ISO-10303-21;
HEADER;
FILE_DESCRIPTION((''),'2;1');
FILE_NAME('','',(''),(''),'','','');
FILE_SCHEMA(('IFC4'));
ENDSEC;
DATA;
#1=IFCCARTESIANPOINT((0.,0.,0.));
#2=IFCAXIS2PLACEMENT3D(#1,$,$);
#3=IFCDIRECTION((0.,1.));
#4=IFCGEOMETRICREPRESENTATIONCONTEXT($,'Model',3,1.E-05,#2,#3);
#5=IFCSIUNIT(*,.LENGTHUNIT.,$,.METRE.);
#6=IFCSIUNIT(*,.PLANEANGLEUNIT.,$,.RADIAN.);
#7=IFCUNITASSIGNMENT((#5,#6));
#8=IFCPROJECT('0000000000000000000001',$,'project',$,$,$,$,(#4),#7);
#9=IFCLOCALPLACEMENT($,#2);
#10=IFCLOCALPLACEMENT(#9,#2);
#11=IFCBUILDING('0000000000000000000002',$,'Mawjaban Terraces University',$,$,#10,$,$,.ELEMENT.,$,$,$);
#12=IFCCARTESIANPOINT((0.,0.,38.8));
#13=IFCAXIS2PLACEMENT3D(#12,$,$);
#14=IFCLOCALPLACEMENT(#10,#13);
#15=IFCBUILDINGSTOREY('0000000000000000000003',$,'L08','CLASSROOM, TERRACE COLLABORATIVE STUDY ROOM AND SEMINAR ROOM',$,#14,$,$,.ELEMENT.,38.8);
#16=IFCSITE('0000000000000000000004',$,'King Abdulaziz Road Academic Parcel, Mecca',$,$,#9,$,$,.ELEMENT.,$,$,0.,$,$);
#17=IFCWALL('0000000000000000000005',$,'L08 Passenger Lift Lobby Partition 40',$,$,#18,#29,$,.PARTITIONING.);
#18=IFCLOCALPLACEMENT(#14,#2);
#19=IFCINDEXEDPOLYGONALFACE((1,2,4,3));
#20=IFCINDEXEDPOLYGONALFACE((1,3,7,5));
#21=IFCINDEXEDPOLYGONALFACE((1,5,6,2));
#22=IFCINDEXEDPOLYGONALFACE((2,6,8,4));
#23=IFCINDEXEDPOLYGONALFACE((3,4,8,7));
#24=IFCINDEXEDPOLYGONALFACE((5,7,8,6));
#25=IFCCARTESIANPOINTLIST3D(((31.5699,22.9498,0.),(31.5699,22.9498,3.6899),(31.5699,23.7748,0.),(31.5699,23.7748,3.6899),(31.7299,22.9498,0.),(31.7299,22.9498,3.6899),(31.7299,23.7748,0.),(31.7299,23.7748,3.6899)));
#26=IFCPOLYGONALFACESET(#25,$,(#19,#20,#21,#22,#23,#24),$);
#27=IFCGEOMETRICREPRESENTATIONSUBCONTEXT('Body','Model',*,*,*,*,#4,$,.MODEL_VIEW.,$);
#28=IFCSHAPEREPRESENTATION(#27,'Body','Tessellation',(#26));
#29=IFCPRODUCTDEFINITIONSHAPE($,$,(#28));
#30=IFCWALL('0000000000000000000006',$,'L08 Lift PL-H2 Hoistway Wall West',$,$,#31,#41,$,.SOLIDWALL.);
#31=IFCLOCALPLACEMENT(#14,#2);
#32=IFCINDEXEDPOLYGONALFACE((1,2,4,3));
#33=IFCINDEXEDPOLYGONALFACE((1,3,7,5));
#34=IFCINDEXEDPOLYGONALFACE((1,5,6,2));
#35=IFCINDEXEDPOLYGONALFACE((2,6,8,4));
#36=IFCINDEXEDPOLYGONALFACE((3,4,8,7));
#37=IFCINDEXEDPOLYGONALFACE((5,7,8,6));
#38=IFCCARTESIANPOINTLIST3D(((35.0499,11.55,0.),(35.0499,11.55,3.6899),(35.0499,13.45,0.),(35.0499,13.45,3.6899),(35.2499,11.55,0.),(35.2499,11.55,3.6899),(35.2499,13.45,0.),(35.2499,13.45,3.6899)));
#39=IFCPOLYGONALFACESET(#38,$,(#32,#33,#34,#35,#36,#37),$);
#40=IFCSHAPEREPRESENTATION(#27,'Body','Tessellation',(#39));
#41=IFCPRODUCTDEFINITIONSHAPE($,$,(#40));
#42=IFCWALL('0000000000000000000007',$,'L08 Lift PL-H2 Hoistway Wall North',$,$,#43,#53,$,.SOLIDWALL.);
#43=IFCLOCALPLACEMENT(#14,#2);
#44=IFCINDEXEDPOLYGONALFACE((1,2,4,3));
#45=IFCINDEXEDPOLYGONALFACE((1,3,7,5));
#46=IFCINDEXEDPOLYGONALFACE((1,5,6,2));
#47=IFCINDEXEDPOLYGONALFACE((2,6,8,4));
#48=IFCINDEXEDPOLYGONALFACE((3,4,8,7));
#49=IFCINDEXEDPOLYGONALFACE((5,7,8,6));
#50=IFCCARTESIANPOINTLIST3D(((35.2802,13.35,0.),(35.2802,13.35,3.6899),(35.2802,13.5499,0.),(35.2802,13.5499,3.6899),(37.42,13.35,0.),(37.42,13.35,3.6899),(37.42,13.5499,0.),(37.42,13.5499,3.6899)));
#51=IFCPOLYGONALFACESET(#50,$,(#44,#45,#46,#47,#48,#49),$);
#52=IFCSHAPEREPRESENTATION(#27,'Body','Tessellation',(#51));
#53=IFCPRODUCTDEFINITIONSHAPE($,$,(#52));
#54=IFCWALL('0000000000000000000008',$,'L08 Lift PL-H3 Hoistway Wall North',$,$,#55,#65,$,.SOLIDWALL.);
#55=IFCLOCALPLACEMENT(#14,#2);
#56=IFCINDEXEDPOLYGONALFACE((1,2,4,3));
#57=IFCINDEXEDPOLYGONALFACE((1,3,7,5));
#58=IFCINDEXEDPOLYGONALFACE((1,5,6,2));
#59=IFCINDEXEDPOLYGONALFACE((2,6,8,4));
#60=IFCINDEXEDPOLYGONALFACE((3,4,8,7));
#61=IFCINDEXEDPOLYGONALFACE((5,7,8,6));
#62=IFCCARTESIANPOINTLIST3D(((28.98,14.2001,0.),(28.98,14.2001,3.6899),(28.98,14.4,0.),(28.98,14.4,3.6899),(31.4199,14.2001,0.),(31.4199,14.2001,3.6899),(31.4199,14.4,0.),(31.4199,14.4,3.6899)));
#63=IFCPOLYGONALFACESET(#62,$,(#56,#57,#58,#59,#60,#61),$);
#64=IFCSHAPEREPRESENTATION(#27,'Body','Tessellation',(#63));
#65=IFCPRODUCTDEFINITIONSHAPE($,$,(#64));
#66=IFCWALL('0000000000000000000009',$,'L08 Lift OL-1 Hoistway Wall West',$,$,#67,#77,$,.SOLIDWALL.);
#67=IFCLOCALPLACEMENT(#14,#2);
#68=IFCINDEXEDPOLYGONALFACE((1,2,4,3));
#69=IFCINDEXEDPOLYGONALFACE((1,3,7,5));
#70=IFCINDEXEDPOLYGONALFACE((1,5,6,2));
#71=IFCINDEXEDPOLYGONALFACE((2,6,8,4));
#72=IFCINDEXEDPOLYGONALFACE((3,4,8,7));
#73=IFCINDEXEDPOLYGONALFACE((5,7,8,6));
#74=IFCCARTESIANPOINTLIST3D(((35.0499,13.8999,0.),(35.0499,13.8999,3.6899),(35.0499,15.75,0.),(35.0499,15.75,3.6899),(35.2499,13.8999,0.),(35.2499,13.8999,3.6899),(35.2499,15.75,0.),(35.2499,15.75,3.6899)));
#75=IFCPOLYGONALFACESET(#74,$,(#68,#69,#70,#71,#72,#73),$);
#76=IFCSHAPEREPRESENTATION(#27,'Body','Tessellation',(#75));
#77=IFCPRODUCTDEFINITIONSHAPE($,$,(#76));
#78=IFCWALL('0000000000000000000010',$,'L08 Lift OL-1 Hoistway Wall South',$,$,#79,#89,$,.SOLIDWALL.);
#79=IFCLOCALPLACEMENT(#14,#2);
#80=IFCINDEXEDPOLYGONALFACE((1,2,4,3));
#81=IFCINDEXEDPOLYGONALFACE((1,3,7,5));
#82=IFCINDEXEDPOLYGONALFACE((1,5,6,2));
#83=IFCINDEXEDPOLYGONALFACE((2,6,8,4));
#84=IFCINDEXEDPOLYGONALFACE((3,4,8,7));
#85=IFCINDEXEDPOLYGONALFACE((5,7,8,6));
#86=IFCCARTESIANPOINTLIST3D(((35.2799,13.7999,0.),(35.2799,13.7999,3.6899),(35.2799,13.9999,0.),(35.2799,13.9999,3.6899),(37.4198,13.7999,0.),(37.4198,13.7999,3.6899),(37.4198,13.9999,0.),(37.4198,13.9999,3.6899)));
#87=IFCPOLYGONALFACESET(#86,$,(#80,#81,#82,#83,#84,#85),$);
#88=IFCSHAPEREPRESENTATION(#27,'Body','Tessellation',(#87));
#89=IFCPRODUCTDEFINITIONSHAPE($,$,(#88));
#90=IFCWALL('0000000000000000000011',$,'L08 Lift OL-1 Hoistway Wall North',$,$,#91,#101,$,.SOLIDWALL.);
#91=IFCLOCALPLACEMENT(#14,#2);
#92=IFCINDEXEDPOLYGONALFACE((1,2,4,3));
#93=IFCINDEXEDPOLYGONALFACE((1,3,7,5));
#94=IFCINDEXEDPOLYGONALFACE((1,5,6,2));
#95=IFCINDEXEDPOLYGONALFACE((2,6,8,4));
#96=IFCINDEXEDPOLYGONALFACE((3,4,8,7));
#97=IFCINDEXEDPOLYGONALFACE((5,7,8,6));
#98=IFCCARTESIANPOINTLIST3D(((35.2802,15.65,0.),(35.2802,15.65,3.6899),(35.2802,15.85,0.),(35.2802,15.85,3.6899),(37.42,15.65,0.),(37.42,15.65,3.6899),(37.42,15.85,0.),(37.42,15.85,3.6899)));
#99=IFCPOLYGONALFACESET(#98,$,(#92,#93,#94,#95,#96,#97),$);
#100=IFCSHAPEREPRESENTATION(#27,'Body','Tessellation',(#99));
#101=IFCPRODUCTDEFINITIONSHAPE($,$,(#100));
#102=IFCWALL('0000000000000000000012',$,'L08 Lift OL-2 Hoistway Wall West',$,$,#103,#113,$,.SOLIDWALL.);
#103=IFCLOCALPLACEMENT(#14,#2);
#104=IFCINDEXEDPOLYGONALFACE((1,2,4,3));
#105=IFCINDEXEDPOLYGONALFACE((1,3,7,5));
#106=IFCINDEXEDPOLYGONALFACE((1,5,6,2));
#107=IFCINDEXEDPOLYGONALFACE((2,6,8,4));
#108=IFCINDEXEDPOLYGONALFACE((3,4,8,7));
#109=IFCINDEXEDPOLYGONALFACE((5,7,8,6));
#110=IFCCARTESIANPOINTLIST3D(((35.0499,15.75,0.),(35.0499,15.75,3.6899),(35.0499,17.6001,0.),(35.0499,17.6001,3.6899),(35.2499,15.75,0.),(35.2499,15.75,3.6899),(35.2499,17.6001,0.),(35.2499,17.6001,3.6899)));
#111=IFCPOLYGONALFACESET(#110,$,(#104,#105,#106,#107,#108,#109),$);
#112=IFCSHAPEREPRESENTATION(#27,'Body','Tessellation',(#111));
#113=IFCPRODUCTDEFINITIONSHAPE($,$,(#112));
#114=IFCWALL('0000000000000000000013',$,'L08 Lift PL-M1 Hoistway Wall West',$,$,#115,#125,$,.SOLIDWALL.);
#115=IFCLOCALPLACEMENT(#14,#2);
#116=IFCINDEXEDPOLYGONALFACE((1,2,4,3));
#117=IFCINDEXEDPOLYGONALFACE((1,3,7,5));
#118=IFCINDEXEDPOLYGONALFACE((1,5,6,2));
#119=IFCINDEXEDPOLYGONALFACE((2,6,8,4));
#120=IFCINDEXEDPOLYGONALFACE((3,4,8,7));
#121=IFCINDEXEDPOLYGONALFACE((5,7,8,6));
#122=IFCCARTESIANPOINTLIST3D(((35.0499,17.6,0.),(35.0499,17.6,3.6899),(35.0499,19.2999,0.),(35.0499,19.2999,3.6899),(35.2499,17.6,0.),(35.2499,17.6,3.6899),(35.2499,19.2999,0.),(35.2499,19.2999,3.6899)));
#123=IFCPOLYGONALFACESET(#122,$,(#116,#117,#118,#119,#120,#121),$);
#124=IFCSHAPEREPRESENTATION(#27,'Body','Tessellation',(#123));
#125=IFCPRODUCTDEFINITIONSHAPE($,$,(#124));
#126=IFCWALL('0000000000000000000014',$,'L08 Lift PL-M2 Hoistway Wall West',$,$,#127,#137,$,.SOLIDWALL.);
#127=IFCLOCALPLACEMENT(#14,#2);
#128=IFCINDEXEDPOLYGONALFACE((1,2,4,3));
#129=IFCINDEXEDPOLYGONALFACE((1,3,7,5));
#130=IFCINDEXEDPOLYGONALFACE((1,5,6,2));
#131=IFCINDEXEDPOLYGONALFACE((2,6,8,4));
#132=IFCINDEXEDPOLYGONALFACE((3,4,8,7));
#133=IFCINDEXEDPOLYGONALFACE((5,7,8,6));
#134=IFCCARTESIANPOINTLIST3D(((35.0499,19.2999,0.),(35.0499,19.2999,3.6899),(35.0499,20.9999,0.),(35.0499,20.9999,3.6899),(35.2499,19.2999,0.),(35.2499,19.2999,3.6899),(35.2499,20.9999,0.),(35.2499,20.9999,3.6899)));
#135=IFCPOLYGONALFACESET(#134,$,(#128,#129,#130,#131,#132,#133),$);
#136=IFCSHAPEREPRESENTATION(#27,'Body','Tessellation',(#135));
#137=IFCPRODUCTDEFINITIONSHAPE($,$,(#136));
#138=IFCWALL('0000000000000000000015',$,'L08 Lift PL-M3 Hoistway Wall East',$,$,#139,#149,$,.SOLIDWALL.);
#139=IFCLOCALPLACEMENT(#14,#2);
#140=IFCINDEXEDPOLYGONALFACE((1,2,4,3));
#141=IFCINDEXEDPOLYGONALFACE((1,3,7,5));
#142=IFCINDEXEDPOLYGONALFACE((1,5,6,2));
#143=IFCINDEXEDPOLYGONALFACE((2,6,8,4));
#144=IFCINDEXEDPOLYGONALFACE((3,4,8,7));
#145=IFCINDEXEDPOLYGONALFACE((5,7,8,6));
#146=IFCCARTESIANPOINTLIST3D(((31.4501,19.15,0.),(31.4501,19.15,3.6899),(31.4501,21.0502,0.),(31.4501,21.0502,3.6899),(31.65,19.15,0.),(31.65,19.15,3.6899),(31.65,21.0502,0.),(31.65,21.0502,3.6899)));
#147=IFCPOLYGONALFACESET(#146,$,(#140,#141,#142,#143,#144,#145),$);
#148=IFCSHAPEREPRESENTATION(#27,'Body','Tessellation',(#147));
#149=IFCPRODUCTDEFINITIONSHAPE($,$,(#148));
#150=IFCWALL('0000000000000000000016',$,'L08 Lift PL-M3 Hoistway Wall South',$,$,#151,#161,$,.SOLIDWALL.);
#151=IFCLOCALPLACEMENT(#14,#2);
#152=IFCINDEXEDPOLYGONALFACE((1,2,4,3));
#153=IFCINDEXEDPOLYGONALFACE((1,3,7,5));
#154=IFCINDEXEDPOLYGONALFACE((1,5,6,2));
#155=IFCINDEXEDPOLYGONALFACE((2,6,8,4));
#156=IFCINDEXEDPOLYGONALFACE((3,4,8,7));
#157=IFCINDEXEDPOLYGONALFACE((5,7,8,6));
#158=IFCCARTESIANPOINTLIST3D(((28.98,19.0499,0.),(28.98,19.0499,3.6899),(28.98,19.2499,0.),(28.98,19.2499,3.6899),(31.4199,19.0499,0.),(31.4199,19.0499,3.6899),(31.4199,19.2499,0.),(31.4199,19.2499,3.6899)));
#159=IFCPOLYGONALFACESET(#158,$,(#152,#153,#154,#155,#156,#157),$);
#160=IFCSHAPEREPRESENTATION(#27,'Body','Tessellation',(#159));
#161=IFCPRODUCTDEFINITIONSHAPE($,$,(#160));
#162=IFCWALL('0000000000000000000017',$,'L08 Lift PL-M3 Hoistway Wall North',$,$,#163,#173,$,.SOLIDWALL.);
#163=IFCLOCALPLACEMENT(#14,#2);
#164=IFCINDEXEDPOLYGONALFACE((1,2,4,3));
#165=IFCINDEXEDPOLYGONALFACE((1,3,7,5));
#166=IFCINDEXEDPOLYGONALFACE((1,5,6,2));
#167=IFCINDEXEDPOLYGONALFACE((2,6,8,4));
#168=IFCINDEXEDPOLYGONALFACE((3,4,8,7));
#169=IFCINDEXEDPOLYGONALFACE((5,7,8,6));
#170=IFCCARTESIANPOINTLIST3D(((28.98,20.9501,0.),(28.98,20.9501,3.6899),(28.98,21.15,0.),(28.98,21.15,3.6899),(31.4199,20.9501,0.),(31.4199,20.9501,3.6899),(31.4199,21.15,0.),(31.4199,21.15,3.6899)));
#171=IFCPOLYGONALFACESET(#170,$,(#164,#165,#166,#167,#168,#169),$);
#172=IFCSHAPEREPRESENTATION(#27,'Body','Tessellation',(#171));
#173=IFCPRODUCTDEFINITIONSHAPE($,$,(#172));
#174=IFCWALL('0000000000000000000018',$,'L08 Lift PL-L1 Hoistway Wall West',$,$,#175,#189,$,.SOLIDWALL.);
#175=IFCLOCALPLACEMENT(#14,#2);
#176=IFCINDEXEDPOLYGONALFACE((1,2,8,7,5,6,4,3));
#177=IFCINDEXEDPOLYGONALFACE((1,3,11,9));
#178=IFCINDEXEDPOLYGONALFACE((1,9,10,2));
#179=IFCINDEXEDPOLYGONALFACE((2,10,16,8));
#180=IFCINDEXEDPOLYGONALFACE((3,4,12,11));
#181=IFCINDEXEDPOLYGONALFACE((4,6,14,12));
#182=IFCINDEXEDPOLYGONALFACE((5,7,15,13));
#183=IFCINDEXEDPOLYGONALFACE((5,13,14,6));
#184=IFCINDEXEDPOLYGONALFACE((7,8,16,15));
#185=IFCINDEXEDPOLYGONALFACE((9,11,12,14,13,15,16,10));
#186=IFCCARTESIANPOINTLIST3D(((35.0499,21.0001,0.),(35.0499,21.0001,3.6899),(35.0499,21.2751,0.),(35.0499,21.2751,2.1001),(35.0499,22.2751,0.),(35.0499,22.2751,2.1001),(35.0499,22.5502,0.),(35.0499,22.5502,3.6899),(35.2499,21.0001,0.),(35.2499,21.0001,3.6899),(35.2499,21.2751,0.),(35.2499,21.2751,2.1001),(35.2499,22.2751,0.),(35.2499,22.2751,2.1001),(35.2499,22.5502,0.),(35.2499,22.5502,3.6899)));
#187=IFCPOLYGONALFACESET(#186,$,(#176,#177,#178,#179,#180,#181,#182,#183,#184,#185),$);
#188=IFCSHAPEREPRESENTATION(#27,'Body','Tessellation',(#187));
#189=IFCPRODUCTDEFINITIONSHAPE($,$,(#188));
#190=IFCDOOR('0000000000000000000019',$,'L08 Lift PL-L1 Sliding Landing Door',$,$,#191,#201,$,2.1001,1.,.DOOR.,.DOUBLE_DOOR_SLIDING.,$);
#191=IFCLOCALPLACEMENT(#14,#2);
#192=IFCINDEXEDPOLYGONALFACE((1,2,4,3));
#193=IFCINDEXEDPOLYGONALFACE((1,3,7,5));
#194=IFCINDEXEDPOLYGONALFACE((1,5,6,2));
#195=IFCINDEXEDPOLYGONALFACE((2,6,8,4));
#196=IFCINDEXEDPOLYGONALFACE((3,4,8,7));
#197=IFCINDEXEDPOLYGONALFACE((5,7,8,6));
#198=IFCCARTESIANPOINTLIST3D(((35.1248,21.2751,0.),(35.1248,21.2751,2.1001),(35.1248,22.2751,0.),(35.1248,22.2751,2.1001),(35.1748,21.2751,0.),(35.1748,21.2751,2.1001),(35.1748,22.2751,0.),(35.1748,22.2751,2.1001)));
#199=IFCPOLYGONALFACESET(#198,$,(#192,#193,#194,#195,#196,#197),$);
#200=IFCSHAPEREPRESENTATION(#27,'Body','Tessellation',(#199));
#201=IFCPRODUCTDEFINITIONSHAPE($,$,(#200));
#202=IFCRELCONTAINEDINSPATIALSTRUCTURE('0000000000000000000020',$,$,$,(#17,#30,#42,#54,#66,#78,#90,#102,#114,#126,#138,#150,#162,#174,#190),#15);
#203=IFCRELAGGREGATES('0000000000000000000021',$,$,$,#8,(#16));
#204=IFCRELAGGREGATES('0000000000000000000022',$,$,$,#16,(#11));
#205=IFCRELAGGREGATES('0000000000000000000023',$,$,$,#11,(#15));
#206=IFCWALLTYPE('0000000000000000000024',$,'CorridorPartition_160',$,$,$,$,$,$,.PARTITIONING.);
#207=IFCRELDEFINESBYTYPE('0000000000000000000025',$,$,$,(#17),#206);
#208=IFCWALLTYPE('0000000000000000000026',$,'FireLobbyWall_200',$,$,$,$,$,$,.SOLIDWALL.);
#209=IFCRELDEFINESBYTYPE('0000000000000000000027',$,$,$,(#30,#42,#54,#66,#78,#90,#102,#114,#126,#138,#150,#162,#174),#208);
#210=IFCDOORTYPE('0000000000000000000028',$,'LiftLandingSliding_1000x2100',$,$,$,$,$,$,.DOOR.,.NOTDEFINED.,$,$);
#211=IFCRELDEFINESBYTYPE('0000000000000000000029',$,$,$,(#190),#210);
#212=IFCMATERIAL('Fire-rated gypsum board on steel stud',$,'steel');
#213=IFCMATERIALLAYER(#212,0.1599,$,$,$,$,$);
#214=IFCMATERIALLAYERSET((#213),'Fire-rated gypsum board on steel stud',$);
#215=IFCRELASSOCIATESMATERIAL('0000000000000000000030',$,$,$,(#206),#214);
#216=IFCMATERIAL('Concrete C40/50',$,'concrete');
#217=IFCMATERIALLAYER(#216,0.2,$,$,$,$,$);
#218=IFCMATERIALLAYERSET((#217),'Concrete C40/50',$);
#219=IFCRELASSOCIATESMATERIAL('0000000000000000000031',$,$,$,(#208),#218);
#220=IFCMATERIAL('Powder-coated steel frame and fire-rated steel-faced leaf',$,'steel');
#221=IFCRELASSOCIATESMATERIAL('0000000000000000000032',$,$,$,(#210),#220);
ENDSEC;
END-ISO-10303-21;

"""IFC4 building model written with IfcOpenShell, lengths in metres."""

from ifc_helpers import new_model, si_unit, direction, frame, frame_2d, origin, place, context, subcontext, project, spatial, rectangle, extrude, material, layer, layer_set, type_object, element, fill, save


model = new_model("IFC4")

# Units and contexts
model_context = context("Model", 3, precision=1e-05, world=origin(), true_north=direction((0.0, 1.0)))
body_context = subcontext(model_context, "Body", "Model", "MODEL_VIEW")
ifc_project = project(units=[si_unit("LENGTHUNIT", "METRE"), si_unit("PLANEANGLEUNIT", "RADIAN")], contexts=[model_context])

# Site, building, storey
site_placement = place(None, origin())
site = spatial("IfcSite", under=ifc_project, at=site_placement, Name="King Abdulaziz Road Academic Parcel, Mecca", CompositionType="ELEMENT", RefElevation=0.0)
building_placement = place(site_placement, origin())
building = spatial("IfcBuilding", under=site, at=building_placement, Name="Mawjaban Terraces University", CompositionType="ELEMENT")
storey_placement = place(building_placement, frame((0.0, 0.0, 38.8)))
storey = spatial("IfcBuildingStorey", under=building, at=storey_placement, Name="L08", Description="CLASSROOM, TERRACE COLLABORATIVE STUDY ROOM AND SEMINAR ROOM", CompositionType="ELEMENT", Elevation=38.8)

# Walls
ifc_material_1 = material(Name="Fire-rated gypsum board on steel stud", Category="steel")
ifc_layer_1 = layer(ifc_material_1, 0.1599)
ifc_layer_set_1 = layer_set([ifc_layer_1], Name="Fire-rated gypsum board on steel stud")
wall_type_1 = type_object("IfcWallType", Name="CorridorPartition_160", PredefinedType="PARTITIONING", material=ifc_layer_set_1)
wall_1_placement = place(storey_placement, frame((31.6499, 23.7749, 0.0), z_axis=(0.0, 0.0, 1.0), x_axis=(0.0, -1.0, 0.0)))
element("IfcWall", 1, at=wall_1_placement, inside=storey, type_object=wall_type_1, Name="L08 Passenger Lift Lobby Partition 40", PredefinedType="PARTITIONING", context=body_context, shape_type="SweptSolid", body=[
    extrude(rectangle(XDim=0.825, YDim=0.1599, at=frame_2d((0.4126, 0.0))), origin(), (0.0, 0.0, 1.0), 3.6899),
])
ifc_material_2 = material(Name="Concrete C40/50", Category="concrete")
ifc_layer_2 = layer(ifc_material_2, 0.2)
ifc_layer_set_2 = layer_set([ifc_layer_2], Name="Concrete C40/50")
wall_type_2 = type_object("IfcWallType", Name="FireLobbyWall_200", PredefinedType="SOLIDWALL", material=ifc_layer_set_2)
wall_2_placement = place(storey_placement, frame((35.1499, 13.45, 0.0), z_axis=(0.0, 0.0, 1.0), x_axis=(0.0, -1.0, 0.0)))
element("IfcWall", 2, at=wall_2_placement, inside=storey, type_object=wall_type_2, Name="L08 Lift PL-H2 Hoistway Wall West", PredefinedType="SOLIDWALL", context=body_context, shape_type="SweptSolid", body=[
    extrude(rectangle(XDim=1.8999, YDim=0.2, at=frame_2d((0.95, 0.0))), origin(), (0.0, 0.0, 1.0), 3.6899),
])
wall_3_placement = place(storey_placement, frame((37.4199, 13.45, 0.0), z_axis=(0.0, 0.0, 1.0), x_axis=(-1.0, 0.0, 0.0)))
element("IfcWall", 3, at=wall_3_placement, inside=storey, type_object=wall_type_2, Name="L08 Lift PL-H2 Hoistway Wall North", PredefinedType="SOLIDWALL", context=body_context, shape_type="SweptSolid", body=[
    extrude(rectangle(XDim=2.1399, YDim=0.2, at=frame_2d((1.0698, 0.0))), origin(), (0.0, 0.0, 1.0), 3.6899),
])
wall_4_placement = place(storey_placement, frame((31.4199, 14.3, 0.0), z_axis=(0.0, 0.0, 1.0), x_axis=(-1.0, 0.0, 0.0)))
element("IfcWall", 4, at=wall_4_placement, inside=storey, type_object=wall_type_2, Name="L08 Lift PL-H3 Hoistway Wall North", PredefinedType="SOLIDWALL", context=body_context, shape_type="SweptSolid", body=[
    extrude(rectangle(XDim=2.4399, YDim=0.2, at=frame_2d((1.22, 0.0))), origin(), (0.0, 0.0, 1.0), 3.6899),
])
wall_5_placement = place(storey_placement, frame((35.1499, 15.75, 0.0), z_axis=(0.0, 0.0, 1.0), x_axis=(0.0, -1.0, 0.0)))
element("IfcWall", 5, at=wall_5_placement, inside=storey, type_object=wall_type_2, Name="L08 Lift OL-1 Hoistway Wall West", PredefinedType="SOLIDWALL", context=body_context, shape_type="SweptSolid", body=[
    extrude(rectangle(XDim=1.8501, YDim=0.2, at=frame_2d((0.925, 0.0))), origin(), (0.0, 0.0, 1.0), 3.6899),
])
for number, where, z_axis, x_axis, name in (
    (6, (35.28, 13.8999, 0.0), (0.0, 0.0, 1.0), (1.0, 0.0, 0.0), "L08 Lift OL-1 Hoistway Wall South"),
    (7, (37.4199, 15.75, 0.0), (0.0, 0.0, 1.0), (-1.0, 0.0, 0.0), "L08 Lift OL-1 Hoistway Wall North"),
):
    element("IfcWall", number, at=place(storey_placement, frame(where, z_axis=z_axis, x_axis=x_axis)), inside=storey, type_object=wall_type_2, Name=name, PredefinedType="SOLIDWALL", context=body_context, shape_type="SweptSolid", body=[
        extrude(rectangle(XDim=2.1399, YDim=0.2, at=frame_2d((1.0698, 0.0))), origin(), (0.0, 0.0, 1.0), 3.6899),
    ])
wall_6_placement = place(storey_placement, frame((35.1499, 17.6001, 0.0), z_axis=(0.0, 0.0, 1.0), x_axis=(0.0, -1.0, 0.0)))
element("IfcWall", 8, at=wall_6_placement, inside=storey, type_object=wall_type_2, Name="L08 Lift OL-2 Hoistway Wall West", PredefinedType="SOLIDWALL", context=body_context, shape_type="SweptSolid", body=[
    extrude(rectangle(XDim=1.8501, YDim=0.2, at=frame_2d((0.925, 0.0))), origin(), (0.0, 0.0, 1.0), 3.6899),
])
for number, where, z_axis, x_axis, name in (
    (9, (35.1499, 19.3, 0.0), (0.0, 0.0, 1.0), (0.0, -1.0, 0.0), "L08 Lift PL-M1 Hoistway Wall West"),
    (10, (35.1499, 21.0, 0.0), (0.0, 0.0, 1.0), (0.0, -1.0, 0.0), "L08 Lift PL-M2 Hoistway Wall West"),
):
    element("IfcWall", number, at=place(storey_placement, frame(where, z_axis=z_axis, x_axis=x_axis)), inside=storey, type_object=wall_type_2, Name=name, PredefinedType="SOLIDWALL", context=body_context, shape_type="SweptSolid", body=[
        extrude(rectangle(XDim=1.7, YDim=0.2, at=frame_2d((0.8501, 0.0))), origin(), (0.0, 0.0, 1.0), 3.6899),
    ])
wall_7_placement = place(storey_placement, frame((31.55, 19.1499, 0.0), z_axis=(0.0, 0.0, 1.0), x_axis=(0.0, 1.0, 0.0)))
element("IfcWall", 11, at=wall_7_placement, inside=storey, type_object=wall_type_2, Name="L08 Lift PL-M3 Hoistway Wall East", PredefinedType="SOLIDWALL", context=body_context, shape_type="SweptSolid", body=[
    extrude(rectangle(XDim=1.9001, YDim=0.2, at=frame_2d((0.9502, 0.0))), origin(), (0.0, 0.0, 1.0), 3.6899),
])
for number, where, z_axis, x_axis, name in (
    (12, (28.98, 19.1499, 0.0), (0.0, 0.0, 1.0), (1.0, 0.0, 0.0), "L08 Lift PL-M3 Hoistway Wall South"),
    (13, (31.4199, 21.05, 0.0), (0.0, 0.0, 1.0), (-1.0, 0.0, 0.0), "L08 Lift PL-M3 Hoistway Wall North"),
):
    element("IfcWall", number, at=place(storey_placement, frame(where, z_axis=z_axis, x_axis=x_axis)), inside=storey, type_object=wall_type_2, Name=name, PredefinedType="SOLIDWALL", context=body_context, shape_type="SweptSolid", body=[
        extrude(rectangle(XDim=2.4399, YDim=0.2, at=frame_2d((1.22, 0.0))), origin(), (0.0, 0.0, 1.0), 3.6899),
    ])

# Wall, opening, door
wall_8_placement = place(storey_placement, frame((35.1499, 22.55, 0.0), z_axis=(0.0, 0.0, 1.0), x_axis=(0.0, -1.0, 0.0)))
wall_8 = element("IfcWall", 14, at=wall_8_placement, inside=storey, type_object=wall_type_2, Name="L08 Lift PL-L1 Hoistway Wall West", PredefinedType="SOLIDWALL", context=body_context, shape_type="SweptSolid", body=[
    extrude(rectangle(XDim=1.55, YDim=0.2, at=frame_2d((0.7749, 0.0))), origin(), (0.0, 0.0, 1.0), 3.6899),
])
opening_1_placement = place(wall_8_placement, frame((0.2749, 0.0, 0.0)))
opening_1 = element("IfcOpeningElement", 15, at=opening_1_placement, cuts=wall_8, PredefinedType="OPENING", context=body_context, shape_type="SweptSolid", body=[
    extrude(rectangle(XDim=1.0, YDim=2.1001, at=frame_2d((0.5, 1.05))), frame((0.0, 0.1099, 0.0), z_axis=(0.0, -1.0, 0.0), x_axis=(1.0, 0.0, 0.0)), (0.0, 0.0, 1.0), 0.22),
])
ifc_material_3 = material(Name="Powder-coated steel frame and fire-rated steel-faced leaf", Category="steel")
door_type_1 = type_object("IfcDoorType", Name="LiftLandingSliding_1000x2100", OperationType="NOTDEFINED", PredefinedType="DOOR", material=ifc_material_3)
door_1_placement = place(opening_1_placement, origin())
door_1 = element("IfcDoor", 16, at=door_1_placement, inside=storey, type_object=door_type_1, Name="L08 Lift PL-L1 Sliding Landing Door", OperationType="DOUBLE_DOOR_SLIDING", OverallHeight=2.1001, OverallWidth=1.0, PredefinedType="DOOR", context=body_context, shape_type="SweptSolid", body=[
    extrude(rectangle(XDim=1.0, YDim=2.1001, at=frame_2d((0.5, 1.05))), frame((0.0, 0.0249, 0.0), z_axis=(0.0, -1.0, 0.0), x_axis=(1.0, 0.0, 0.0)), (0.0, 0.0, 1.0), 0.05),
])
fill(opening_1, door_1)

save(model, "model.ifc")
